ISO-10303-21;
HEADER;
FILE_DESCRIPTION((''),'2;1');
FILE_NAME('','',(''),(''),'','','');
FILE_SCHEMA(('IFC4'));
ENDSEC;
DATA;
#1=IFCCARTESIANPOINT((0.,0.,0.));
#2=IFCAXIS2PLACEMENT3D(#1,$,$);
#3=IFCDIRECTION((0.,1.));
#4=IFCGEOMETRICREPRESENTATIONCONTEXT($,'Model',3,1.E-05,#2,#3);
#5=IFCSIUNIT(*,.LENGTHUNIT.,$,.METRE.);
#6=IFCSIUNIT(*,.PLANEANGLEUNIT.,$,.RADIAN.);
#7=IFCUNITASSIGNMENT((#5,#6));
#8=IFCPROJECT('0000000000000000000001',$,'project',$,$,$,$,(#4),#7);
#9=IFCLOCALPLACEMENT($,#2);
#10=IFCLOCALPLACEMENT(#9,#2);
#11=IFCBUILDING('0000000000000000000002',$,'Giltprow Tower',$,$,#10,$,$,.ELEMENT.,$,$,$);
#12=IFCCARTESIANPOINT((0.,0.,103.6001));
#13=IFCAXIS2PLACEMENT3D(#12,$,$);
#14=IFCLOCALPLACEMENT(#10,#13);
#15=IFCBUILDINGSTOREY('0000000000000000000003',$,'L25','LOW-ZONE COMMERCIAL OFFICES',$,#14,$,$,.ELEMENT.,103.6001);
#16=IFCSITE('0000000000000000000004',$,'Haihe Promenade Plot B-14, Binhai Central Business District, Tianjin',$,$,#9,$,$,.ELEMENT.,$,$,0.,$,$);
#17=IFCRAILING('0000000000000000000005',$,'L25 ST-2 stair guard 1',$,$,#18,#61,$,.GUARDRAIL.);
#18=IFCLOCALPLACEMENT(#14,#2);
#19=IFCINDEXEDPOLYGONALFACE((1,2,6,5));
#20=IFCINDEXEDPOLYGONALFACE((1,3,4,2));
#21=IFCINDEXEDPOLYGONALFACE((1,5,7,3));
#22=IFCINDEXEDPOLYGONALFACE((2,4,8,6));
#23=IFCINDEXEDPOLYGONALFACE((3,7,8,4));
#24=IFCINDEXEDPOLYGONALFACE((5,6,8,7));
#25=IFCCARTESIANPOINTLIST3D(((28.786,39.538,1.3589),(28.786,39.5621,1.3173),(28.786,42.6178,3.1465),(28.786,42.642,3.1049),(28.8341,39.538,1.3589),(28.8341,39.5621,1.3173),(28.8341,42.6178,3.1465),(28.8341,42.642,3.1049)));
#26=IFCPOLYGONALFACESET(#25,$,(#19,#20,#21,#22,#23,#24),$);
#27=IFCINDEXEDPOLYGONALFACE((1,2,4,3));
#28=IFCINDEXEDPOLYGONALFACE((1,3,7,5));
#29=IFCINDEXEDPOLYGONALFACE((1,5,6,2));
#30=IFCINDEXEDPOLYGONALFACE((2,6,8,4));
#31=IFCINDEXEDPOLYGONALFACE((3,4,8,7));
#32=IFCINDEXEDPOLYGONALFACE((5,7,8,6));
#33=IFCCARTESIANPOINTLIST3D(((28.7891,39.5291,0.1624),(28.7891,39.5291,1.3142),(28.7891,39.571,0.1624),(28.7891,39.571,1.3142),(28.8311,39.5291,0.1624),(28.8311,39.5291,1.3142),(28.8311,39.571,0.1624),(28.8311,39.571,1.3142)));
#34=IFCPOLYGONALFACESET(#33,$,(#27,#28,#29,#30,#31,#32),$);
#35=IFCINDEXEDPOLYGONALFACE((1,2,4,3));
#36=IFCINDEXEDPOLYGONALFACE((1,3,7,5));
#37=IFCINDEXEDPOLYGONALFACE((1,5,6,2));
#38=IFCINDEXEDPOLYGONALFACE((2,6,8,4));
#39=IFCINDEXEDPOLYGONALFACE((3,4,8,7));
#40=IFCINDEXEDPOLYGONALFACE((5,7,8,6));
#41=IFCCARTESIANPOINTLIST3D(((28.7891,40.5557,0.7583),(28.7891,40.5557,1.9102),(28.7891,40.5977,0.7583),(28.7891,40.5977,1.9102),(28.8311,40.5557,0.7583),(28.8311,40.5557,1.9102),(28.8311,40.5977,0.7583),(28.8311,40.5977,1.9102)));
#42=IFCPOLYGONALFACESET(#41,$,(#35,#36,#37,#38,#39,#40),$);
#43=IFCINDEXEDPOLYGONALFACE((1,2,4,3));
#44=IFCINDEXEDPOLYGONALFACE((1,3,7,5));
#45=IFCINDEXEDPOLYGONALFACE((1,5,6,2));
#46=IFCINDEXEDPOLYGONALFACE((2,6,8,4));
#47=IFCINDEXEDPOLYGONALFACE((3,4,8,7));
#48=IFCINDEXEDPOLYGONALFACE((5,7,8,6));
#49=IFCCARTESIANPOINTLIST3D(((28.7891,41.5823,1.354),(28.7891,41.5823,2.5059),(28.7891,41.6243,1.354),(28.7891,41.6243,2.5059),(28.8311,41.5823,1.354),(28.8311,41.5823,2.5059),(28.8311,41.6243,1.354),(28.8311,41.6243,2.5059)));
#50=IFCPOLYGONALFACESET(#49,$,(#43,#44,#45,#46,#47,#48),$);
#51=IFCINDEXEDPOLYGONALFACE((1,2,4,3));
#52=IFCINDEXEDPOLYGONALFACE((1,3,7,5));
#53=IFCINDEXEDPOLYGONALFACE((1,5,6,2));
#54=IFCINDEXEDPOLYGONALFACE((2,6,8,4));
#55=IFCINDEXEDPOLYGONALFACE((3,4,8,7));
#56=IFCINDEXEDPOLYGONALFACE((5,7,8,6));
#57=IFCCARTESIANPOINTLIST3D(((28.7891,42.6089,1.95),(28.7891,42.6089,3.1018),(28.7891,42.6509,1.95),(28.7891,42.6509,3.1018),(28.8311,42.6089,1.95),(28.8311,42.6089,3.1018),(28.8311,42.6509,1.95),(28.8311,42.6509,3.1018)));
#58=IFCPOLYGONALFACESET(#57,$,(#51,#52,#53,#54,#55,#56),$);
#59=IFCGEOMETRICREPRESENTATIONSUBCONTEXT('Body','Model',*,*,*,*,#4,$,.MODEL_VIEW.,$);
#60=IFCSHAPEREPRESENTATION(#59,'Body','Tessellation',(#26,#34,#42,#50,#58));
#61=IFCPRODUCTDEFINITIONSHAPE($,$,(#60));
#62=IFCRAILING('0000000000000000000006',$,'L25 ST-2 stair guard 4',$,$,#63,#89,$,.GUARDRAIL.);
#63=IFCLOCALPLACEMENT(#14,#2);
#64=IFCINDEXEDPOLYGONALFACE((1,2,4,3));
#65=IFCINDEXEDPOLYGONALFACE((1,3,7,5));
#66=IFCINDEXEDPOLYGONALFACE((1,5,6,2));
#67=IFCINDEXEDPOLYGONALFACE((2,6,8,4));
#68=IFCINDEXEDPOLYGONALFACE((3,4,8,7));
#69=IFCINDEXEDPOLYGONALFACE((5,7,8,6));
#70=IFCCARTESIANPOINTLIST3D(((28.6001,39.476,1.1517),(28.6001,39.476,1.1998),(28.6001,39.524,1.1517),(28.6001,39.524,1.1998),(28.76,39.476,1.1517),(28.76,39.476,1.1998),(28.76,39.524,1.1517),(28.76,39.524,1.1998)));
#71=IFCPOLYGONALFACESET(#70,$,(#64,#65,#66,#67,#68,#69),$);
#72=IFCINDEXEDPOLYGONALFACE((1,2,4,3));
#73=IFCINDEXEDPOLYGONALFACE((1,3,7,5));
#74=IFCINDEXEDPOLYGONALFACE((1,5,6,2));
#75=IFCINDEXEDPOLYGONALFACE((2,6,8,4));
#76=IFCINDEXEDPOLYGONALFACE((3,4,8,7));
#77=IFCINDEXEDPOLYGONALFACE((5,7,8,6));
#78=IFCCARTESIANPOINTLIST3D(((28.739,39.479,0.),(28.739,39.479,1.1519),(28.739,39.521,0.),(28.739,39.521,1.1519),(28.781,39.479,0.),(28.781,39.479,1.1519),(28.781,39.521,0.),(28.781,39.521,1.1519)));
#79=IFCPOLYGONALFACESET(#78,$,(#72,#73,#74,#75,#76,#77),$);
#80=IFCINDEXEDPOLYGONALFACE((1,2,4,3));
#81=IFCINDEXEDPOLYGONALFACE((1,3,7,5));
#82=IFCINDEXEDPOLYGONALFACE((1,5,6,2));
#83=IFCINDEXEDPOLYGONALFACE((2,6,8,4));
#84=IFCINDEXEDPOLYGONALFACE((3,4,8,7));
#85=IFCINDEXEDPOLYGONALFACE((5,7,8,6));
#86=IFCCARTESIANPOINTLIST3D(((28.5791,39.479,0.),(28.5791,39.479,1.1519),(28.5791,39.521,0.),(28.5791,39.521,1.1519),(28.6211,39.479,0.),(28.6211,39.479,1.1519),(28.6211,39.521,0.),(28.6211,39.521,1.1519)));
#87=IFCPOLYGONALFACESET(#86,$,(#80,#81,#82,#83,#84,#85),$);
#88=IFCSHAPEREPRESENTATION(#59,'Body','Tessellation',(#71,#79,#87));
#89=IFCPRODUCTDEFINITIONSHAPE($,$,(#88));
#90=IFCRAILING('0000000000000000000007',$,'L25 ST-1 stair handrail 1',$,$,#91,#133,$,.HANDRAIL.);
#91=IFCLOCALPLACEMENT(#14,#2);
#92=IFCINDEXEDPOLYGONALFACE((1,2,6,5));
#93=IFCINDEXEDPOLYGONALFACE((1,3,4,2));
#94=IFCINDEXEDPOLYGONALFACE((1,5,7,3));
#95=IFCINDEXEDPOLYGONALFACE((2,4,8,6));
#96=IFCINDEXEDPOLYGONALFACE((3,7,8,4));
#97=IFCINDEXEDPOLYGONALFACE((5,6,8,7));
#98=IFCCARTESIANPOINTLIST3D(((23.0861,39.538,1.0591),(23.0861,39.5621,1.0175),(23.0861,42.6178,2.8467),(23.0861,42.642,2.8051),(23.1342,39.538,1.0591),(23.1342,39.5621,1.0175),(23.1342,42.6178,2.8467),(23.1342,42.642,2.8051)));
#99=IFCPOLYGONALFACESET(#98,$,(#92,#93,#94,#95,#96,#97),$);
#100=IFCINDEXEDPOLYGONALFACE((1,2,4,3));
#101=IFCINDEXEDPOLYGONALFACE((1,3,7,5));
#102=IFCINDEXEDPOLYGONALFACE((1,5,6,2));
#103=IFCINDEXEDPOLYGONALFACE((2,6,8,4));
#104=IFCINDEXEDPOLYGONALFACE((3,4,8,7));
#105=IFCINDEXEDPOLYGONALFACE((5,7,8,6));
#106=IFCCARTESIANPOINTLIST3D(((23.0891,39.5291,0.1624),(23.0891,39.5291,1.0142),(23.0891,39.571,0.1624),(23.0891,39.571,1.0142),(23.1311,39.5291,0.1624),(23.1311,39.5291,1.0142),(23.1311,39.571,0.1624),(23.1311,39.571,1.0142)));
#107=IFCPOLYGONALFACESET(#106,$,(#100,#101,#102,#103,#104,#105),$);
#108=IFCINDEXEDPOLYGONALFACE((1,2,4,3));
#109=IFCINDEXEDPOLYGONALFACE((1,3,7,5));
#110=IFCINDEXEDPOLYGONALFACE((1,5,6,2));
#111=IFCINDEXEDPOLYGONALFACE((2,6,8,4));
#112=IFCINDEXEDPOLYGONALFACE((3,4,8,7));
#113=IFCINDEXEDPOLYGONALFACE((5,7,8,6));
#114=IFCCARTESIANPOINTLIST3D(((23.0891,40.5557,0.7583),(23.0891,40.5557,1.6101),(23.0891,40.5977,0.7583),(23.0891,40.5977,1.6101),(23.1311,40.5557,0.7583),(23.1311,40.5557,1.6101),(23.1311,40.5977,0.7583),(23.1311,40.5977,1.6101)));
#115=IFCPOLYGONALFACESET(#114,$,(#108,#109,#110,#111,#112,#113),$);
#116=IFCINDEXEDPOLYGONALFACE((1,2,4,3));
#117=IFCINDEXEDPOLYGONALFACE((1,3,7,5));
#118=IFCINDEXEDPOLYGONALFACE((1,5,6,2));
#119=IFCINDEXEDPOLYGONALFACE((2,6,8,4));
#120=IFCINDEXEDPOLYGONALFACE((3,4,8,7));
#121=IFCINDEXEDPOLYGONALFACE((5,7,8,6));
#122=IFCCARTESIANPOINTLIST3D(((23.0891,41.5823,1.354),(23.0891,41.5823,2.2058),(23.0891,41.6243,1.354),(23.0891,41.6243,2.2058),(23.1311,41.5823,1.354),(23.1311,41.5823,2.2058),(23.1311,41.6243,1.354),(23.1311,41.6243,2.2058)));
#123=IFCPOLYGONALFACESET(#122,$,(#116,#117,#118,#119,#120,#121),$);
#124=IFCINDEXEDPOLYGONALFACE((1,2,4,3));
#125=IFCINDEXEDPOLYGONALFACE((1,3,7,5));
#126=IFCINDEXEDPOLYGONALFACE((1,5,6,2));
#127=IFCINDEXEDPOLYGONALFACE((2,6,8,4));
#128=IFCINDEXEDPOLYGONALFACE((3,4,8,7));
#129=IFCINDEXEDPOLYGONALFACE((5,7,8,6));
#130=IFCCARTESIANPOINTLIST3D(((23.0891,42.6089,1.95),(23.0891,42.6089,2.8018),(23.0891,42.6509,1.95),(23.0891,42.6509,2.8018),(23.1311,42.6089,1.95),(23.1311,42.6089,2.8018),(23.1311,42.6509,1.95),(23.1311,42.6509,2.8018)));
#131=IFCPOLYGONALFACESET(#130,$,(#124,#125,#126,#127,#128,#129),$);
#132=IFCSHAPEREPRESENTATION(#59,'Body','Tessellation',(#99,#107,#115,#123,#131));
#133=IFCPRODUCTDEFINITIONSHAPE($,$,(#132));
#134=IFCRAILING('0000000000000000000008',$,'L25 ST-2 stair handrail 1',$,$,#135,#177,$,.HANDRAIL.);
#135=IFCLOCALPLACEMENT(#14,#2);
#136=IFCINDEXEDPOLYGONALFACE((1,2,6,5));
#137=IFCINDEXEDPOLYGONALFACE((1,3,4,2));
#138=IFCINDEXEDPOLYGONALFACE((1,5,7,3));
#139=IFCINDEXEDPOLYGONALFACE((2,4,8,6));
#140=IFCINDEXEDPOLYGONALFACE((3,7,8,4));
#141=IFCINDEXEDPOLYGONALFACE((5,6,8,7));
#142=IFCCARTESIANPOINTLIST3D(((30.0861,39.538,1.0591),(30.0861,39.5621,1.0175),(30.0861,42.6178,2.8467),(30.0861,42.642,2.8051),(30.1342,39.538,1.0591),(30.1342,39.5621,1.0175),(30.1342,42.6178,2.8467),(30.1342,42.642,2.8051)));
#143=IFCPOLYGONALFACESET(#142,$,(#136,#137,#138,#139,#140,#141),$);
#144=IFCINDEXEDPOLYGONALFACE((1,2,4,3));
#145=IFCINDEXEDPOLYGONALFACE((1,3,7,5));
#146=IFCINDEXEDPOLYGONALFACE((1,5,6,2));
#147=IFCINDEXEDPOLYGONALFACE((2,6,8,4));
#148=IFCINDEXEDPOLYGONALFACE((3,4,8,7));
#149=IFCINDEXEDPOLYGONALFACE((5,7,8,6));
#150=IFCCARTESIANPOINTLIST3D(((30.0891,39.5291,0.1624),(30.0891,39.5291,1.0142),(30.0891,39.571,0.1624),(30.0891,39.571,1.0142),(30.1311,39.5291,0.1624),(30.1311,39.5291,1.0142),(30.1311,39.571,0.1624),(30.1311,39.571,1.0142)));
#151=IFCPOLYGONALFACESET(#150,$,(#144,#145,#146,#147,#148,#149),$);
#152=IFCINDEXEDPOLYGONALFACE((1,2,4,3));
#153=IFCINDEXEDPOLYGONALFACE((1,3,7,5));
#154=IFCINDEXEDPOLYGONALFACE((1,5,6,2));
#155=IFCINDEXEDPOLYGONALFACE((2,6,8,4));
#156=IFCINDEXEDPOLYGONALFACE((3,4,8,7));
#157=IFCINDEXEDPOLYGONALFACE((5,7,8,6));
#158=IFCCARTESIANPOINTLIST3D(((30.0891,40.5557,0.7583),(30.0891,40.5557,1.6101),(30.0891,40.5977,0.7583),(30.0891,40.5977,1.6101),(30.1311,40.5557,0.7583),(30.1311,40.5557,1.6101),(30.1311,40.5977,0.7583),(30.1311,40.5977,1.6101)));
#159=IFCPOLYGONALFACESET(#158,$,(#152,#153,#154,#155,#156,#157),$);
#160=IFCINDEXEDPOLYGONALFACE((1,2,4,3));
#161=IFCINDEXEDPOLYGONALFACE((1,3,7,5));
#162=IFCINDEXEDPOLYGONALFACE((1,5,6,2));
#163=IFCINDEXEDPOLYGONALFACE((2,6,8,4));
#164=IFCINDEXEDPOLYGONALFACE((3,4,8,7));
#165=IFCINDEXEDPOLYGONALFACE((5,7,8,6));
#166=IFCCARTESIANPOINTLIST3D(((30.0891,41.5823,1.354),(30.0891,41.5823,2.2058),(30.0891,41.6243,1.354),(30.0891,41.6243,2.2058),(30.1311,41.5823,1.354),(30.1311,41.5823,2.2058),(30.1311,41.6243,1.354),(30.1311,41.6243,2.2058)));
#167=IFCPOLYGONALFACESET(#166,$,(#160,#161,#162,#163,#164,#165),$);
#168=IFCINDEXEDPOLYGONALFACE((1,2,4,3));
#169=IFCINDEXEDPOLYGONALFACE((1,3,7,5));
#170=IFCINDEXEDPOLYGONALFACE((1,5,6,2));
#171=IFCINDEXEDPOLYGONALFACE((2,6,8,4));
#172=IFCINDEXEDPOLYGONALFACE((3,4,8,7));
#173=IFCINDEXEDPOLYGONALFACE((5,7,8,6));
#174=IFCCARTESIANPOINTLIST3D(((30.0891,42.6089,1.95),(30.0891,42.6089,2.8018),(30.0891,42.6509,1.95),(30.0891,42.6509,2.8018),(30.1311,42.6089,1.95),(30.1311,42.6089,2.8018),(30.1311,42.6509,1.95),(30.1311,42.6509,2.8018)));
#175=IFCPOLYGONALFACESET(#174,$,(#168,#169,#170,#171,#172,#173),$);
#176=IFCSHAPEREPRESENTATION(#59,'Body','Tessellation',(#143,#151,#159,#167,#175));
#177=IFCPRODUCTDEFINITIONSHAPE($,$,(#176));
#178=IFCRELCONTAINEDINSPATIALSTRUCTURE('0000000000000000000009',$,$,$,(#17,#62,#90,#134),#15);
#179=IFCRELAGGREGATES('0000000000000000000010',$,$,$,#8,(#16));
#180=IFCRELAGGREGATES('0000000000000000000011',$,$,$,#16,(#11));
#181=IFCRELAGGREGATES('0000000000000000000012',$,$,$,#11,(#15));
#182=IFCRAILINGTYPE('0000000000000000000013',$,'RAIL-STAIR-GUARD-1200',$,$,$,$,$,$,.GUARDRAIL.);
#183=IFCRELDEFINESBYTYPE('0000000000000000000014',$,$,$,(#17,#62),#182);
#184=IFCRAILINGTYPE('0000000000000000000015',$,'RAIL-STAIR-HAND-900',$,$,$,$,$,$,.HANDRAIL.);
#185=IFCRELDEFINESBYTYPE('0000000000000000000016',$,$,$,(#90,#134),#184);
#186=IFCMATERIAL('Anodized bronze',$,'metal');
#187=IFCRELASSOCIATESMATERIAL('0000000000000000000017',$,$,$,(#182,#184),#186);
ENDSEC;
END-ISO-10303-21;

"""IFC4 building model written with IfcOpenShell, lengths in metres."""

from ifc_helpers import new_model, si_unit, direction, frame, origin, origin_2d, place, context, subcontext, project, spatial, rectangle, extrude, material, type_object, element, save


model = new_model("IFC4")

# Units and contexts
model_context = context("Model", 3, precision=1e-05, world=origin(), true_north=direction((0.0, 1.0)))
body_context = subcontext(model_context, "Body", "Model", "MODEL_VIEW")
ifc_project = project(units=[si_unit("LENGTHUNIT", "METRE"), si_unit("PLANEANGLEUNIT", "RADIAN")], contexts=[model_context])

# Site, building, storey
site_placement = place(None, origin())
site = spatial("IfcSite", under=ifc_project, at=site_placement, Name="Haihe Promenade Plot B-14, Binhai Central Business District, Tianjin", CompositionType="ELEMENT", RefElevation=0.0)
building_placement = place(site_placement, origin())
building = spatial("IfcBuilding", under=site, at=building_placement, Name="Giltprow Tower", CompositionType="ELEMENT")
storey_placement = place(building_placement, frame((0.0, 0.0, 103.6001)))
storey = spatial("IfcBuildingStorey", under=building, at=storey_placement, Name="L25", Description="LOW-ZONE COMMERCIAL OFFICES", CompositionType="ELEMENT", Elevation=103.6001)

# Railings
ifc_material_1 = material(Name="Anodized bronze", Category="metal")
railing_type_1 = type_object("IfcRailingType", Name="RAIL-STAIR-GUARD-1200", PredefinedType="GUARDRAIL", material=ifc_material_1)
railing_1_placement = place(storey_placement, frame((28.8101, 39.55, 0.1624)))
element("IfcRailing", 1, at=railing_1_placement, inside=storey, type_object=railing_type_1, Name="L25 ST-2 stair guard 1", PredefinedType="GUARDRAIL", context=body_context, shape_type="SweptSolid", body=[
    extrude(rectangle(XDim=0.0481, YDim=0.0481, at=origin_2d()), frame((0.0, 0.0, 1.1758), z_axis=(0.0, 0.864873, 0.50199), x_axis=(-1.0, 0.0, 0.0)), (0.0, 0.0, 1.0), 3.561),
    extrude(rectangle(XDim=0.042, YDim=0.042, at=origin_2d()), origin(), (0.0, 0.0, 1.0), 1.1519),
    extrude(rectangle(XDim=0.042, YDim=0.042, at=origin_2d()), frame((0.0, 1.0266, 0.5959)), (0.0, 0.0, 1.0), 1.1519),
    extrude(rectangle(XDim=0.042, YDim=0.042, at=origin_2d()), frame((0.0, 2.0532, 1.1917)), (0.0, 0.0, 1.0), 1.1519),
    extrude(rectangle(XDim=0.042, YDim=0.042, at=origin_2d()), frame((0.0, 3.0798, 1.7876)), (0.0, 0.0, 1.0), 1.1519),
])
railing_2_placement = place(storey_placement, frame((28.76, 39.5, 0.0)))
element("IfcRailing", 2, at=railing_2_placement, inside=storey, type_object=railing_type_1, Name="L25 ST-2 stair guard 4", PredefinedType="GUARDRAIL", context=body_context, shape_type="SweptSolid", body=[
    extrude(rectangle(XDim=0.0481, YDim=0.0481, at=origin_2d()), frame((0.0, 0.0, 1.1758), z_axis=(-1.0, 0.0, 0.0), x_axis=(0.0, -1.0, 0.0)), (0.0, 0.0, 1.0), 0.1599),
    extrude(rectangle(XDim=0.042, YDim=0.042, at=origin_2d()), origin(), (0.0, 0.0, 1.0), 1.1519),
    extrude(rectangle(XDim=0.042, YDim=0.042, at=origin_2d()), frame((-0.1599, 0.0, 0.0)), (0.0, 0.0, 1.0), 1.1519),
])
railing_type_2 = type_object("IfcRailingType", Name="RAIL-STAIR-HAND-900", PredefinedType="HANDRAIL", material=ifc_material_1)
for number, where, name in (
    (3, (23.1101, 39.55, 0.1624), "L25 ST-1 stair handrail 1"),
    (4, (30.1101, 39.55, 0.1624), "L25 ST-2 stair handrail 1"),
):
    element("IfcRailing", number, at=place(storey_placement, frame(where)), inside=storey, type_object=railing_type_2, Name=name, PredefinedType="HANDRAIL", context=body_context, shape_type="SweptSolid", body=[
        extrude(rectangle(XDim=0.0481, YDim=0.0481, at=origin_2d()), frame((0.0, 0.0, 0.876), z_axis=(0.0, 0.864873, 0.50199), x_axis=(-1.0, 0.0, 0.0)), (0.0, 0.0, 1.0), 3.561),
        extrude(rectangle(XDim=0.042, YDim=0.042, at=origin_2d()), origin(), (0.0, 0.0, 1.0), 0.8518),
        extrude(rectangle(XDim=0.042, YDim=0.042, at=origin_2d()), frame((0.0, 1.0266, 0.5959)), (0.0, 0.0, 1.0), 0.8518),
        extrude(rectangle(XDim=0.042, YDim=0.042, at=origin_2d()), frame((0.0, 2.0532, 1.1917)), (0.0, 0.0, 1.0), 0.8518),
        extrude(rectangle(XDim=0.042, YDim=0.042, at=origin_2d()), frame((0.0, 3.0798, 1.7876)), (0.0, 0.0, 1.0), 0.8518),
    ])

save(model, "model.ifc")
